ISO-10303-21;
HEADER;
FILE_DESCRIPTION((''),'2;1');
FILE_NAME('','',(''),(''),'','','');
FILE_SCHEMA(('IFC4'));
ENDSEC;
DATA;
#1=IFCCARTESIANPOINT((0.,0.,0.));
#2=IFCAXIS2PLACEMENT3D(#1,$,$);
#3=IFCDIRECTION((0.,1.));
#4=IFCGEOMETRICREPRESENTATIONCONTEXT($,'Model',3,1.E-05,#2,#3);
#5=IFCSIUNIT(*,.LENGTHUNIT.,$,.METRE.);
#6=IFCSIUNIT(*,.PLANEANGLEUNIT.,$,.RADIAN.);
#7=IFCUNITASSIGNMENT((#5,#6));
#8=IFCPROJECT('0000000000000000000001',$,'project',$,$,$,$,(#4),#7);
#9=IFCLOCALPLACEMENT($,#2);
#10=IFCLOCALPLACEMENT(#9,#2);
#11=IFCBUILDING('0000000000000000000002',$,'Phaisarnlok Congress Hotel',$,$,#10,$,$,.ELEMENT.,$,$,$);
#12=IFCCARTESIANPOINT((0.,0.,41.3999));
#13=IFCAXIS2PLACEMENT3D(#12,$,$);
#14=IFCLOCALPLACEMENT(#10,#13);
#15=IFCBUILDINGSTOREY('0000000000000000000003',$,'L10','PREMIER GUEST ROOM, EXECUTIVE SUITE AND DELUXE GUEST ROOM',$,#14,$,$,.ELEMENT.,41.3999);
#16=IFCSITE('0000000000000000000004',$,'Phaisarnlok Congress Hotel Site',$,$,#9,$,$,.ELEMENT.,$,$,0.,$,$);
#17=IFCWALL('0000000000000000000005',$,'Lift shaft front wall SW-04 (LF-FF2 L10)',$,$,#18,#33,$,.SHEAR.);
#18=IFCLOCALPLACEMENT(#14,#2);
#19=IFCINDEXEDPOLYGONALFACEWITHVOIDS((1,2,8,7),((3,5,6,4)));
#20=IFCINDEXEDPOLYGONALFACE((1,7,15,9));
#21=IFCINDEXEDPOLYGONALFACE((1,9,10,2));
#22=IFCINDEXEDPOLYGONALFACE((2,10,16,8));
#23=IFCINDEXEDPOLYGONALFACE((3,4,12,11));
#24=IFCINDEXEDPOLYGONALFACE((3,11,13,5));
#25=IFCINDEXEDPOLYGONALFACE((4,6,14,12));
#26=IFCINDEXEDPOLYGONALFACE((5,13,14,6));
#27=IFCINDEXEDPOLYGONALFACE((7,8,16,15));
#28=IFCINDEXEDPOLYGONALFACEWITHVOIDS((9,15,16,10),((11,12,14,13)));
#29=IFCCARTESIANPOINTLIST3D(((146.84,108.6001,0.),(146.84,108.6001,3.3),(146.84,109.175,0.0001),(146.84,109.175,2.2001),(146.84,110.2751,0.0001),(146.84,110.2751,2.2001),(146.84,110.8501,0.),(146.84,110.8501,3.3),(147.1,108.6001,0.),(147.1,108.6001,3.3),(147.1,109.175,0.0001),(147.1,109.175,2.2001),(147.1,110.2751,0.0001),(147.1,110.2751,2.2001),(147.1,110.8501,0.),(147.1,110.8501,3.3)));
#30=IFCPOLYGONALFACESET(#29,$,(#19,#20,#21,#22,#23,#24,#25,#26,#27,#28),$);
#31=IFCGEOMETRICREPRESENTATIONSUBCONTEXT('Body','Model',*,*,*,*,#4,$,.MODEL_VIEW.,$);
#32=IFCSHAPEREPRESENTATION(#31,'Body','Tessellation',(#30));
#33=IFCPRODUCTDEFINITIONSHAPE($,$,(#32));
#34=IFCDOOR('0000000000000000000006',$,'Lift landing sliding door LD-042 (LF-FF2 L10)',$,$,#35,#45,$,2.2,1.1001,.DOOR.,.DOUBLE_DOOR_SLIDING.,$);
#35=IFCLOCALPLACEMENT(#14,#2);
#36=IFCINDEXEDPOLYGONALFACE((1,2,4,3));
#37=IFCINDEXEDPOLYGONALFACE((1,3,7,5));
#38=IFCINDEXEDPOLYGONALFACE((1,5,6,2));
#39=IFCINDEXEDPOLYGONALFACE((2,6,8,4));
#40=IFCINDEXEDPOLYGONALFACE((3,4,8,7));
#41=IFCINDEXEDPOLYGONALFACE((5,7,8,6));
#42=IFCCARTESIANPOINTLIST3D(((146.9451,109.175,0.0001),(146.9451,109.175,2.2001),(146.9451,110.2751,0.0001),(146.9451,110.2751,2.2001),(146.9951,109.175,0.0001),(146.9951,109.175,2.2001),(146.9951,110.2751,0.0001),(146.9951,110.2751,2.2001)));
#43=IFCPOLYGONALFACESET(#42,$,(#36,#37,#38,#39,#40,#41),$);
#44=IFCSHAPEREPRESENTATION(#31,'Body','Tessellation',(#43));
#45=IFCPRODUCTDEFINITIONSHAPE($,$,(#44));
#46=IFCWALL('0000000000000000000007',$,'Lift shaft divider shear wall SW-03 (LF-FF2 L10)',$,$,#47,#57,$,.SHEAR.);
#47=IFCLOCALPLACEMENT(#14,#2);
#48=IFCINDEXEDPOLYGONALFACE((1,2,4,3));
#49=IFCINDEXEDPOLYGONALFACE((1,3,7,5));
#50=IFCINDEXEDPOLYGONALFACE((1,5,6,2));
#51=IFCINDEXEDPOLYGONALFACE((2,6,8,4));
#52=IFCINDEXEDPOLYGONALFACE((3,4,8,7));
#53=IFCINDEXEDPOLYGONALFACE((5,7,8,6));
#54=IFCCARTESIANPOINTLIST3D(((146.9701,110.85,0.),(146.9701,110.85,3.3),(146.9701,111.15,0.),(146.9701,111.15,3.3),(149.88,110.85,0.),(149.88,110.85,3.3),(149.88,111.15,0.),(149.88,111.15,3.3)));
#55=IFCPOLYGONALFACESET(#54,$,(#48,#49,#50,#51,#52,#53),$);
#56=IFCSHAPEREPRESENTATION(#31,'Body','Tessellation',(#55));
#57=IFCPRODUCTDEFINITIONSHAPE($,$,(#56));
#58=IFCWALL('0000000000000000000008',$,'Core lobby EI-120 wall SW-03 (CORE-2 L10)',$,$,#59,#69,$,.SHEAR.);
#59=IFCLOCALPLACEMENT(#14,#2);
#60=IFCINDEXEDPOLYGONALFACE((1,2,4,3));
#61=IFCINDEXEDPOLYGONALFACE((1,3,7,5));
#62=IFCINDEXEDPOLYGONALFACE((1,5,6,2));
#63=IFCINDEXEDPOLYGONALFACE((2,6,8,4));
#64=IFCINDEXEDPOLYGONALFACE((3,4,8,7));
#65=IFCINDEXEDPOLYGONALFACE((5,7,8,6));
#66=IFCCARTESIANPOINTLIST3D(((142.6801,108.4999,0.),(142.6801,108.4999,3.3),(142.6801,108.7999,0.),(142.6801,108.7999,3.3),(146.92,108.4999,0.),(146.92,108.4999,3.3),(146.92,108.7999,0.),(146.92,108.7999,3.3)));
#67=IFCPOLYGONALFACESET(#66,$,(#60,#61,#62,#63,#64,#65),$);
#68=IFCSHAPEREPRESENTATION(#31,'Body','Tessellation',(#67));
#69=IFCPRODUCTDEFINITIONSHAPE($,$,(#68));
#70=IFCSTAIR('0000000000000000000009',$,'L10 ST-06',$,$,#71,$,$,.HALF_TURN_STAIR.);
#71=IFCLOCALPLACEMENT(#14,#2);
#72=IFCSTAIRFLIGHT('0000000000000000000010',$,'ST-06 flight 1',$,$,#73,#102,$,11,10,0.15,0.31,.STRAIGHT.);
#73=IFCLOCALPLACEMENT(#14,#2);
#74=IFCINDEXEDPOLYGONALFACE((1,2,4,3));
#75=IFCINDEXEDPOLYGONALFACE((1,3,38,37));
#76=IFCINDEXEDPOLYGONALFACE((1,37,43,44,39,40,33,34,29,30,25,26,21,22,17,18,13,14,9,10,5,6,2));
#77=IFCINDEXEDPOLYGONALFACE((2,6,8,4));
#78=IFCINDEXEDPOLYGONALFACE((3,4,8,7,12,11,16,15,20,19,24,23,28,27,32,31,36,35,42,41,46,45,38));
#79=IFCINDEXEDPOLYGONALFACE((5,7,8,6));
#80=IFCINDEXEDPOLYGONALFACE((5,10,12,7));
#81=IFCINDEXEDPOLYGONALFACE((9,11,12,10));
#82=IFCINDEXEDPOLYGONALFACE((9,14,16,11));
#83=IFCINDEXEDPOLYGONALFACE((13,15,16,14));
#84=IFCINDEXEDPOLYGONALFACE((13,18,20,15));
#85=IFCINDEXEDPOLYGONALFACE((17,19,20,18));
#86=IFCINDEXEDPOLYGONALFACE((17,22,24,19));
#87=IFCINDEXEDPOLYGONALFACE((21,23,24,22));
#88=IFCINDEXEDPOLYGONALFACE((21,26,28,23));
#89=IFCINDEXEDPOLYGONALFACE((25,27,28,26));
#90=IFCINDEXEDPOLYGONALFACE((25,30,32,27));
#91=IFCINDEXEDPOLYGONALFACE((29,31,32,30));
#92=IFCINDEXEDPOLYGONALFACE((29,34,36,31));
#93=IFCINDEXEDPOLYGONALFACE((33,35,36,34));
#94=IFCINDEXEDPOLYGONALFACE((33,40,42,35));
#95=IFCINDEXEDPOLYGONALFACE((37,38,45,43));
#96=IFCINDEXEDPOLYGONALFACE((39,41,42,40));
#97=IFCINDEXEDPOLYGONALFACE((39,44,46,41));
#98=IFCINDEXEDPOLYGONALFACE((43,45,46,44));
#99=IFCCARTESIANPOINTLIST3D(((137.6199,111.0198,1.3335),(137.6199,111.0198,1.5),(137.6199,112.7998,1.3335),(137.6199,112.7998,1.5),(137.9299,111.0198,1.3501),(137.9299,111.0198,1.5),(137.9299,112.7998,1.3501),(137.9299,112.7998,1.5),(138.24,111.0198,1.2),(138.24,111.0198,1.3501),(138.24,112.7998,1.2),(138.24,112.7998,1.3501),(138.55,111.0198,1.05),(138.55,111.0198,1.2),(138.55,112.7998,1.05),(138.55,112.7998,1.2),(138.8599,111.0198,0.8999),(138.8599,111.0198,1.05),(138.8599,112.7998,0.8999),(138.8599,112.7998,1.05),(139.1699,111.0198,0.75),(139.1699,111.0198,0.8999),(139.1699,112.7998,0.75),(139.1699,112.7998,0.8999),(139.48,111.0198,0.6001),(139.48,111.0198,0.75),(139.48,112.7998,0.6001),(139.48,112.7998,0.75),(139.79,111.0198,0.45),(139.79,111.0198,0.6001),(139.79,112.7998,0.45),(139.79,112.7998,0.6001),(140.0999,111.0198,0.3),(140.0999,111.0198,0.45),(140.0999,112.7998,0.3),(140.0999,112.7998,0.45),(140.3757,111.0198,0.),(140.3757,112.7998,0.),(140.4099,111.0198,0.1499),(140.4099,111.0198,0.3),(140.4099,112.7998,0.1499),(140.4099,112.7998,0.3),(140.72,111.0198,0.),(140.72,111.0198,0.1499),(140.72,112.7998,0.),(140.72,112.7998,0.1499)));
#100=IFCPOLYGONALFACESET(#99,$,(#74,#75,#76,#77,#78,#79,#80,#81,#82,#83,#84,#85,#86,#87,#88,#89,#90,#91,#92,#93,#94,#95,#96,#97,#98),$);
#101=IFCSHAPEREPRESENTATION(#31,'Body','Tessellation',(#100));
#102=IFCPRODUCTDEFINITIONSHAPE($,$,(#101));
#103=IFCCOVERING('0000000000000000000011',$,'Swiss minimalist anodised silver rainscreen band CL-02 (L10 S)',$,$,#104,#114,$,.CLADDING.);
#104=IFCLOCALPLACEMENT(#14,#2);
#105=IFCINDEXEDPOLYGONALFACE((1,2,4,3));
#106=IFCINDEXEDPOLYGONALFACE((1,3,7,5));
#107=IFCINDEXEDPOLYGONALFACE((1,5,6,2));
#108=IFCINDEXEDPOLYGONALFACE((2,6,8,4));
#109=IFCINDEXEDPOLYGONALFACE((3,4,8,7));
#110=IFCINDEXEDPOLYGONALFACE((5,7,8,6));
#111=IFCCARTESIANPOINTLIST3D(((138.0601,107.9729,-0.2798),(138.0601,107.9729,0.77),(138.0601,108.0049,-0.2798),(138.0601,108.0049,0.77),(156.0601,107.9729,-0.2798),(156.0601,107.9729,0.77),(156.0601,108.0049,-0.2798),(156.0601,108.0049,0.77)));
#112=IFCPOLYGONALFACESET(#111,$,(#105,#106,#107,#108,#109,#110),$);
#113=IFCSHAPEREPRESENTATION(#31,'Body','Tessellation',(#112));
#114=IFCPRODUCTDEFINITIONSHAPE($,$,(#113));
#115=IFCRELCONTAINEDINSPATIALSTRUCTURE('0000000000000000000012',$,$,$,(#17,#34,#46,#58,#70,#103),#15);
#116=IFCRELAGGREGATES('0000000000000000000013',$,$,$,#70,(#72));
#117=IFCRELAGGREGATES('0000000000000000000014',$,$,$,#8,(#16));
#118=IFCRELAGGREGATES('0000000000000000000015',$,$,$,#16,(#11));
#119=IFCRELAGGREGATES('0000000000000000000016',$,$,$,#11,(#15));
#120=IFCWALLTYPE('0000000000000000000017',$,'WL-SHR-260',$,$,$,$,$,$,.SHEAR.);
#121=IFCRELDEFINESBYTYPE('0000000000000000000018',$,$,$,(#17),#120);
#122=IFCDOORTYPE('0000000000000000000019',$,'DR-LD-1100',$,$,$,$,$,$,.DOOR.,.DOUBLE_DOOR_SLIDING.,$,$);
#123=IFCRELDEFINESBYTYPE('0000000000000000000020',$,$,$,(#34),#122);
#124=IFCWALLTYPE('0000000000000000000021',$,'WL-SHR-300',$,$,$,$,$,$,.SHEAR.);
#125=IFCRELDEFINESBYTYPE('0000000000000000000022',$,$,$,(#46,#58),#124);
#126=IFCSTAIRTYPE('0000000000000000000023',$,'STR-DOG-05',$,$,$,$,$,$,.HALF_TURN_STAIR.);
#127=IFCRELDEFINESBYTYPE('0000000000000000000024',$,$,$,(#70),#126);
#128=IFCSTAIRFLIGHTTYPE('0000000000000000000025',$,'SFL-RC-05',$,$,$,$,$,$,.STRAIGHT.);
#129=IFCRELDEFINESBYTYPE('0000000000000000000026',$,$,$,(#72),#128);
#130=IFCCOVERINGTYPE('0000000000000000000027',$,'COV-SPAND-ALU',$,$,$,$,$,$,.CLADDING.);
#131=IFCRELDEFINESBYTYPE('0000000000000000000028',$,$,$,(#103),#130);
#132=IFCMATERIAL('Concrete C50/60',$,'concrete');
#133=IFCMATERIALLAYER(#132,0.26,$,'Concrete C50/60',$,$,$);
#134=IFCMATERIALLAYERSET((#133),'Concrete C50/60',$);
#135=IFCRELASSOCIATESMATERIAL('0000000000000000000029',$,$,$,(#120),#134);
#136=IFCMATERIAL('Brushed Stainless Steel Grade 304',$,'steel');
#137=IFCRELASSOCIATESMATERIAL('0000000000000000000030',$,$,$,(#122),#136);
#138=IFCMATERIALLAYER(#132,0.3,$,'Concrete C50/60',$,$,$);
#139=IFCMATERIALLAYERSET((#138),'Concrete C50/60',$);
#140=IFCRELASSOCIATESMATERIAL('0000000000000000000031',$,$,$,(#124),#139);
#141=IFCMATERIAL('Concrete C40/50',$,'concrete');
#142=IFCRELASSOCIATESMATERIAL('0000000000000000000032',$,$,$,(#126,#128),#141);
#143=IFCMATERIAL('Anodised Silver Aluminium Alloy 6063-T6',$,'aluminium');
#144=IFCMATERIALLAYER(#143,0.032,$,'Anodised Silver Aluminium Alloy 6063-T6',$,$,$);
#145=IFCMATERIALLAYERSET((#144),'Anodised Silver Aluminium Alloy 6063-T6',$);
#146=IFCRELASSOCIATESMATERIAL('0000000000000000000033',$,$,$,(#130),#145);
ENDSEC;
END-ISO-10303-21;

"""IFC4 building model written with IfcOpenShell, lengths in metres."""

from ifc_helpers import new_model, si_unit, direction, frame, frame_2d, origin, place, context, subcontext, project, spatial, polyline, rectangle, outline, extrude, material, layer, layer_set, type_object, element, fill, aggregate, save


model = new_model("IFC4")

# Units and contexts
model_context = context("Model", 3, precision=1e-05, world=origin(), true_north=direction((0.0, 1.0)))
body_context = subcontext(model_context, "Body", "Model", "MODEL_VIEW")
ifc_project = project(units=[si_unit("LENGTHUNIT", "METRE"), si_unit("PLANEANGLEUNIT", "RADIAN")], contexts=[model_context])

# Site, building, storey
site_placement = place(None, origin())
site = spatial("IfcSite", under=ifc_project, at=site_placement, Name="Phaisarnlok Congress Hotel Site", CompositionType="ELEMENT", RefElevation=0.0)
building_placement = place(site_placement, origin())
building = spatial("IfcBuilding", under=site, at=building_placement, Name="Phaisarnlok Congress Hotel", CompositionType="ELEMENT")
storey_placement = place(building_placement, frame((0.0, 0.0, 41.3999)))
storey = spatial("IfcBuildingStorey", under=building, at=storey_placement, Name="L10", Description="PREMIER GUEST ROOM, EXECUTIVE SUITE AND DELUXE GUEST ROOM", CompositionType="ELEMENT", Elevation=41.3999)

# Shared definitions
ifc_material_1 = material(Name="Concrete C50/60", Category="concrete")

# Shared definitions
ifc_material_2 = material(Name="Concrete C40/50", Category="concrete")

# Shared definitions
ifc_layer_1 = layer(ifc_material_1, 0.26, Name="Concrete C50/60")
ifc_layer_set_1 = layer_set([ifc_layer_1], Name="Concrete C50/60")
wall_type_1 = type_object("IfcWallType", Name="WL-SHR-260", PredefinedType="SHEAR", material=ifc_layer_set_1)

# Wall, opening, door
wall_1_placement = place(storey_placement, frame((146.97, 108.6001, 0.0), z_axis=(0.0, 0.0, 1.0), x_axis=(0.0, 1.0, 0.0)))
wall_1 = element("IfcWall", 1, at=wall_1_placement, inside=storey, type_object=wall_type_1, Name="Lift shaft front wall SW-04 (LF-FF2 L10)", PredefinedType="SHEAR", context=body_context, shape_type="SweptSolid", body=[
    extrude(rectangle(XDim=2.25, YDim=0.26, at=frame_2d((1.125, 0.0))), origin(), (0.0, 0.0, 1.0), 3.3),
])
opening_1_placement = place(wall_1_placement, frame((0.575, 0.0, 0.0)))
opening_1 = element("IfcOpeningElement", 2, at=opening_1_placement, cuts=wall_1, PredefinedType="OPENING", context=body_context, shape_type="SweptSolid", body=[
    extrude(rectangle(XDim=1.1001, YDim=2.2, at=frame_2d((0.55, 1.1001))), frame((0.0, 0.1401, 0.0), z_axis=(0.0, -1.0, 0.0), x_axis=(1.0, 0.0, 0.0)), (0.0, 0.0, 1.0), 0.28),
])
ifc_material_3 = material(Name="Brushed Stainless Steel Grade 304", Category="steel")
door_type_1 = type_object("IfcDoorType", Name="DR-LD-1100", OperationType="DOUBLE_DOOR_SLIDING", PredefinedType="DOOR", material=ifc_material_3)
door_1_placement = place(opening_1_placement, origin())
door_1 = element("IfcDoor", 3, at=door_1_placement, inside=storey, type_object=door_type_1, Name="Lift landing sliding door LD-042 (LF-FF2 L10)", OperationType="DOUBLE_DOOR_SLIDING", OverallHeight=2.2, OverallWidth=1.1001, PredefinedType="DOOR", context=body_context, shape_type="SweptSolid", body=[
    extrude(rectangle(XDim=1.1001, YDim=2.2, at=frame_2d((0.55, 1.1001))), frame((0.0, 0.0249, 0.0), z_axis=(0.0, -1.0, 0.0), x_axis=(1.0, 0.0, 0.0)), (0.0, 0.0, 1.0), 0.05),
])
fill(opening_1, door_1)

# Walls
ifc_layer_2 = layer(ifc_material_1, 0.3, Name="Concrete C50/60")
ifc_layer_set_2 = layer_set([ifc_layer_2], Name="Concrete C50/60")
wall_type_2 = type_object("IfcWallType", Name="WL-SHR-300", PredefinedType="SHEAR", material=ifc_layer_set_2)
wall_2_placement = place(storey_placement, frame((146.97, 111.0, 0.0), z_axis=(0.0, 0.0, 1.0), x_axis=(1.0, 0.0, 0.0)))
element("IfcWall", 4, at=wall_2_placement, inside=storey, type_object=wall_type_2, Name="Lift shaft divider shear wall SW-03 (LF-FF2 L10)", PredefinedType="SHEAR", context=body_context, shape_type="SweptSolid", body=[
    extrude(rectangle(XDim=2.9099, YDim=0.3, at=frame_2d((1.4551, 0.0))), origin(), (0.0, 0.0, 1.0), 3.3),
])
wall_3_placement = place(storey_placement, frame((142.6799, 108.6499, 0.0), z_axis=(0.0, 0.0, 1.0), x_axis=(1.0, 0.0, 0.0)))
element("IfcWall", 5, at=wall_3_placement, inside=storey, type_object=wall_type_2, Name="Core lobby EI-120 wall SW-03 (CORE-2 L10)", PredefinedType="SHEAR", context=body_context, shape_type="SweptSolid", body=[
    extrude(rectangle(XDim=4.24, YDim=0.3, at=frame_2d((2.1201, 0.0))), origin(), (0.0, 0.0, 1.0), 3.3),
])

# Stair, stair flight
stair_type = type_object("IfcStairType", Name="STR-DOG-05", PredefinedType="HALF_TURN_STAIR", material=ifc_material_2)
stair_placement = place(storey_placement, origin())
stair = element("IfcStair", 6, at=stair_placement, inside=storey, type_object=stair_type, Name="L10 ST-06", PredefinedType="HALF_TURN_STAIR")
stair_flight_type = type_object("IfcStairFlightType", Name="SFL-RC-05", PredefinedType="STRAIGHT", material=ifc_material_2)
stair_flight_placement = place(storey_placement, frame((140.72, 111.9099, 0.0), z_axis=(0.0, 0.0, 1.0), x_axis=(-1.0, 0.0, 0.0)))
stair_flight = element("IfcStairFlight", 7, at=stair_flight_placement, type_object=stair_flight_type, Name="ST-06 flight 1", NumberOfRisers=11, NumberOfTreads=10, PredefinedType="STRAIGHT", RiserHeight=0.15, TreadLength=0.31, context=body_context, shape_type="SweptSolid", body=[
    extrude(outline(polyline([(0.0, 0.0), (0.0, 0.1499), (0.3101, 0.1499), (0.3101, 0.3), (0.6201, 0.3), (0.6201, 0.45), (0.9299, 0.45), (0.9299, 0.6001), (1.24, 0.6001), (1.24, 0.75), (1.55, 0.75), (1.55, 0.8999), (1.8601, 0.8999), (1.8601, 1.05), (2.1699, 1.05), (2.1699, 1.2), (2.48, 1.2), (2.48, 1.3501), (2.79, 1.3501), (2.79, 1.5), (3.1001, 1.5), (3.1001, 1.6499), (3.1001, 1.3335), (0.3442, 0.0), (0.0, 0.0)])), frame((0.0, 0.8901, 0.0), z_axis=(0.0, -1.0, 0.0), x_axis=(1.0, 0.0, 0.0)), (0.0, 0.0, 1.0), 1.78),
])
aggregate(stair, [stair_flight])

# Covering
ifc_material_4 = material(Name="Anodised Silver Aluminium Alloy 6063-T6", Category="aluminium")
ifc_layer_3 = layer(ifc_material_4, 0.032, Name="Anodised Silver Aluminium Alloy 6063-T6")
ifc_layer_set_3 = layer_set([ifc_layer_3], Name="Anodised Silver Aluminium Alloy 6063-T6")
covering_type = type_object("IfcCoveringType", Name="COV-SPAND-ALU", PredefinedType="CLADDING", material=ifc_layer_set_3)
covering_placement = place(storey_placement, frame((138.0601, 108.0049, -0.2798), z_axis=(0.0, -1.0, 0.0), x_axis=(1.0, 0.0, 0.0)))
element("IfcCovering", 8, at=covering_placement, inside=storey, type_object=covering_type, Name="Swiss minimalist anodised silver rainscreen band CL-02 (L10 S)", PredefinedType="CLADDING", context=body_context, shape_type="SweptSolid", body=[
    extrude(outline(polyline([(0.0, 0.0), (18.0, 0.0), (18.0, 1.0498), (0.0, 1.0498), (0.0, 0.0)])), origin(), (0.0, 0.0, 1.0), 0.032),
])

save(model, "model.ifc")
